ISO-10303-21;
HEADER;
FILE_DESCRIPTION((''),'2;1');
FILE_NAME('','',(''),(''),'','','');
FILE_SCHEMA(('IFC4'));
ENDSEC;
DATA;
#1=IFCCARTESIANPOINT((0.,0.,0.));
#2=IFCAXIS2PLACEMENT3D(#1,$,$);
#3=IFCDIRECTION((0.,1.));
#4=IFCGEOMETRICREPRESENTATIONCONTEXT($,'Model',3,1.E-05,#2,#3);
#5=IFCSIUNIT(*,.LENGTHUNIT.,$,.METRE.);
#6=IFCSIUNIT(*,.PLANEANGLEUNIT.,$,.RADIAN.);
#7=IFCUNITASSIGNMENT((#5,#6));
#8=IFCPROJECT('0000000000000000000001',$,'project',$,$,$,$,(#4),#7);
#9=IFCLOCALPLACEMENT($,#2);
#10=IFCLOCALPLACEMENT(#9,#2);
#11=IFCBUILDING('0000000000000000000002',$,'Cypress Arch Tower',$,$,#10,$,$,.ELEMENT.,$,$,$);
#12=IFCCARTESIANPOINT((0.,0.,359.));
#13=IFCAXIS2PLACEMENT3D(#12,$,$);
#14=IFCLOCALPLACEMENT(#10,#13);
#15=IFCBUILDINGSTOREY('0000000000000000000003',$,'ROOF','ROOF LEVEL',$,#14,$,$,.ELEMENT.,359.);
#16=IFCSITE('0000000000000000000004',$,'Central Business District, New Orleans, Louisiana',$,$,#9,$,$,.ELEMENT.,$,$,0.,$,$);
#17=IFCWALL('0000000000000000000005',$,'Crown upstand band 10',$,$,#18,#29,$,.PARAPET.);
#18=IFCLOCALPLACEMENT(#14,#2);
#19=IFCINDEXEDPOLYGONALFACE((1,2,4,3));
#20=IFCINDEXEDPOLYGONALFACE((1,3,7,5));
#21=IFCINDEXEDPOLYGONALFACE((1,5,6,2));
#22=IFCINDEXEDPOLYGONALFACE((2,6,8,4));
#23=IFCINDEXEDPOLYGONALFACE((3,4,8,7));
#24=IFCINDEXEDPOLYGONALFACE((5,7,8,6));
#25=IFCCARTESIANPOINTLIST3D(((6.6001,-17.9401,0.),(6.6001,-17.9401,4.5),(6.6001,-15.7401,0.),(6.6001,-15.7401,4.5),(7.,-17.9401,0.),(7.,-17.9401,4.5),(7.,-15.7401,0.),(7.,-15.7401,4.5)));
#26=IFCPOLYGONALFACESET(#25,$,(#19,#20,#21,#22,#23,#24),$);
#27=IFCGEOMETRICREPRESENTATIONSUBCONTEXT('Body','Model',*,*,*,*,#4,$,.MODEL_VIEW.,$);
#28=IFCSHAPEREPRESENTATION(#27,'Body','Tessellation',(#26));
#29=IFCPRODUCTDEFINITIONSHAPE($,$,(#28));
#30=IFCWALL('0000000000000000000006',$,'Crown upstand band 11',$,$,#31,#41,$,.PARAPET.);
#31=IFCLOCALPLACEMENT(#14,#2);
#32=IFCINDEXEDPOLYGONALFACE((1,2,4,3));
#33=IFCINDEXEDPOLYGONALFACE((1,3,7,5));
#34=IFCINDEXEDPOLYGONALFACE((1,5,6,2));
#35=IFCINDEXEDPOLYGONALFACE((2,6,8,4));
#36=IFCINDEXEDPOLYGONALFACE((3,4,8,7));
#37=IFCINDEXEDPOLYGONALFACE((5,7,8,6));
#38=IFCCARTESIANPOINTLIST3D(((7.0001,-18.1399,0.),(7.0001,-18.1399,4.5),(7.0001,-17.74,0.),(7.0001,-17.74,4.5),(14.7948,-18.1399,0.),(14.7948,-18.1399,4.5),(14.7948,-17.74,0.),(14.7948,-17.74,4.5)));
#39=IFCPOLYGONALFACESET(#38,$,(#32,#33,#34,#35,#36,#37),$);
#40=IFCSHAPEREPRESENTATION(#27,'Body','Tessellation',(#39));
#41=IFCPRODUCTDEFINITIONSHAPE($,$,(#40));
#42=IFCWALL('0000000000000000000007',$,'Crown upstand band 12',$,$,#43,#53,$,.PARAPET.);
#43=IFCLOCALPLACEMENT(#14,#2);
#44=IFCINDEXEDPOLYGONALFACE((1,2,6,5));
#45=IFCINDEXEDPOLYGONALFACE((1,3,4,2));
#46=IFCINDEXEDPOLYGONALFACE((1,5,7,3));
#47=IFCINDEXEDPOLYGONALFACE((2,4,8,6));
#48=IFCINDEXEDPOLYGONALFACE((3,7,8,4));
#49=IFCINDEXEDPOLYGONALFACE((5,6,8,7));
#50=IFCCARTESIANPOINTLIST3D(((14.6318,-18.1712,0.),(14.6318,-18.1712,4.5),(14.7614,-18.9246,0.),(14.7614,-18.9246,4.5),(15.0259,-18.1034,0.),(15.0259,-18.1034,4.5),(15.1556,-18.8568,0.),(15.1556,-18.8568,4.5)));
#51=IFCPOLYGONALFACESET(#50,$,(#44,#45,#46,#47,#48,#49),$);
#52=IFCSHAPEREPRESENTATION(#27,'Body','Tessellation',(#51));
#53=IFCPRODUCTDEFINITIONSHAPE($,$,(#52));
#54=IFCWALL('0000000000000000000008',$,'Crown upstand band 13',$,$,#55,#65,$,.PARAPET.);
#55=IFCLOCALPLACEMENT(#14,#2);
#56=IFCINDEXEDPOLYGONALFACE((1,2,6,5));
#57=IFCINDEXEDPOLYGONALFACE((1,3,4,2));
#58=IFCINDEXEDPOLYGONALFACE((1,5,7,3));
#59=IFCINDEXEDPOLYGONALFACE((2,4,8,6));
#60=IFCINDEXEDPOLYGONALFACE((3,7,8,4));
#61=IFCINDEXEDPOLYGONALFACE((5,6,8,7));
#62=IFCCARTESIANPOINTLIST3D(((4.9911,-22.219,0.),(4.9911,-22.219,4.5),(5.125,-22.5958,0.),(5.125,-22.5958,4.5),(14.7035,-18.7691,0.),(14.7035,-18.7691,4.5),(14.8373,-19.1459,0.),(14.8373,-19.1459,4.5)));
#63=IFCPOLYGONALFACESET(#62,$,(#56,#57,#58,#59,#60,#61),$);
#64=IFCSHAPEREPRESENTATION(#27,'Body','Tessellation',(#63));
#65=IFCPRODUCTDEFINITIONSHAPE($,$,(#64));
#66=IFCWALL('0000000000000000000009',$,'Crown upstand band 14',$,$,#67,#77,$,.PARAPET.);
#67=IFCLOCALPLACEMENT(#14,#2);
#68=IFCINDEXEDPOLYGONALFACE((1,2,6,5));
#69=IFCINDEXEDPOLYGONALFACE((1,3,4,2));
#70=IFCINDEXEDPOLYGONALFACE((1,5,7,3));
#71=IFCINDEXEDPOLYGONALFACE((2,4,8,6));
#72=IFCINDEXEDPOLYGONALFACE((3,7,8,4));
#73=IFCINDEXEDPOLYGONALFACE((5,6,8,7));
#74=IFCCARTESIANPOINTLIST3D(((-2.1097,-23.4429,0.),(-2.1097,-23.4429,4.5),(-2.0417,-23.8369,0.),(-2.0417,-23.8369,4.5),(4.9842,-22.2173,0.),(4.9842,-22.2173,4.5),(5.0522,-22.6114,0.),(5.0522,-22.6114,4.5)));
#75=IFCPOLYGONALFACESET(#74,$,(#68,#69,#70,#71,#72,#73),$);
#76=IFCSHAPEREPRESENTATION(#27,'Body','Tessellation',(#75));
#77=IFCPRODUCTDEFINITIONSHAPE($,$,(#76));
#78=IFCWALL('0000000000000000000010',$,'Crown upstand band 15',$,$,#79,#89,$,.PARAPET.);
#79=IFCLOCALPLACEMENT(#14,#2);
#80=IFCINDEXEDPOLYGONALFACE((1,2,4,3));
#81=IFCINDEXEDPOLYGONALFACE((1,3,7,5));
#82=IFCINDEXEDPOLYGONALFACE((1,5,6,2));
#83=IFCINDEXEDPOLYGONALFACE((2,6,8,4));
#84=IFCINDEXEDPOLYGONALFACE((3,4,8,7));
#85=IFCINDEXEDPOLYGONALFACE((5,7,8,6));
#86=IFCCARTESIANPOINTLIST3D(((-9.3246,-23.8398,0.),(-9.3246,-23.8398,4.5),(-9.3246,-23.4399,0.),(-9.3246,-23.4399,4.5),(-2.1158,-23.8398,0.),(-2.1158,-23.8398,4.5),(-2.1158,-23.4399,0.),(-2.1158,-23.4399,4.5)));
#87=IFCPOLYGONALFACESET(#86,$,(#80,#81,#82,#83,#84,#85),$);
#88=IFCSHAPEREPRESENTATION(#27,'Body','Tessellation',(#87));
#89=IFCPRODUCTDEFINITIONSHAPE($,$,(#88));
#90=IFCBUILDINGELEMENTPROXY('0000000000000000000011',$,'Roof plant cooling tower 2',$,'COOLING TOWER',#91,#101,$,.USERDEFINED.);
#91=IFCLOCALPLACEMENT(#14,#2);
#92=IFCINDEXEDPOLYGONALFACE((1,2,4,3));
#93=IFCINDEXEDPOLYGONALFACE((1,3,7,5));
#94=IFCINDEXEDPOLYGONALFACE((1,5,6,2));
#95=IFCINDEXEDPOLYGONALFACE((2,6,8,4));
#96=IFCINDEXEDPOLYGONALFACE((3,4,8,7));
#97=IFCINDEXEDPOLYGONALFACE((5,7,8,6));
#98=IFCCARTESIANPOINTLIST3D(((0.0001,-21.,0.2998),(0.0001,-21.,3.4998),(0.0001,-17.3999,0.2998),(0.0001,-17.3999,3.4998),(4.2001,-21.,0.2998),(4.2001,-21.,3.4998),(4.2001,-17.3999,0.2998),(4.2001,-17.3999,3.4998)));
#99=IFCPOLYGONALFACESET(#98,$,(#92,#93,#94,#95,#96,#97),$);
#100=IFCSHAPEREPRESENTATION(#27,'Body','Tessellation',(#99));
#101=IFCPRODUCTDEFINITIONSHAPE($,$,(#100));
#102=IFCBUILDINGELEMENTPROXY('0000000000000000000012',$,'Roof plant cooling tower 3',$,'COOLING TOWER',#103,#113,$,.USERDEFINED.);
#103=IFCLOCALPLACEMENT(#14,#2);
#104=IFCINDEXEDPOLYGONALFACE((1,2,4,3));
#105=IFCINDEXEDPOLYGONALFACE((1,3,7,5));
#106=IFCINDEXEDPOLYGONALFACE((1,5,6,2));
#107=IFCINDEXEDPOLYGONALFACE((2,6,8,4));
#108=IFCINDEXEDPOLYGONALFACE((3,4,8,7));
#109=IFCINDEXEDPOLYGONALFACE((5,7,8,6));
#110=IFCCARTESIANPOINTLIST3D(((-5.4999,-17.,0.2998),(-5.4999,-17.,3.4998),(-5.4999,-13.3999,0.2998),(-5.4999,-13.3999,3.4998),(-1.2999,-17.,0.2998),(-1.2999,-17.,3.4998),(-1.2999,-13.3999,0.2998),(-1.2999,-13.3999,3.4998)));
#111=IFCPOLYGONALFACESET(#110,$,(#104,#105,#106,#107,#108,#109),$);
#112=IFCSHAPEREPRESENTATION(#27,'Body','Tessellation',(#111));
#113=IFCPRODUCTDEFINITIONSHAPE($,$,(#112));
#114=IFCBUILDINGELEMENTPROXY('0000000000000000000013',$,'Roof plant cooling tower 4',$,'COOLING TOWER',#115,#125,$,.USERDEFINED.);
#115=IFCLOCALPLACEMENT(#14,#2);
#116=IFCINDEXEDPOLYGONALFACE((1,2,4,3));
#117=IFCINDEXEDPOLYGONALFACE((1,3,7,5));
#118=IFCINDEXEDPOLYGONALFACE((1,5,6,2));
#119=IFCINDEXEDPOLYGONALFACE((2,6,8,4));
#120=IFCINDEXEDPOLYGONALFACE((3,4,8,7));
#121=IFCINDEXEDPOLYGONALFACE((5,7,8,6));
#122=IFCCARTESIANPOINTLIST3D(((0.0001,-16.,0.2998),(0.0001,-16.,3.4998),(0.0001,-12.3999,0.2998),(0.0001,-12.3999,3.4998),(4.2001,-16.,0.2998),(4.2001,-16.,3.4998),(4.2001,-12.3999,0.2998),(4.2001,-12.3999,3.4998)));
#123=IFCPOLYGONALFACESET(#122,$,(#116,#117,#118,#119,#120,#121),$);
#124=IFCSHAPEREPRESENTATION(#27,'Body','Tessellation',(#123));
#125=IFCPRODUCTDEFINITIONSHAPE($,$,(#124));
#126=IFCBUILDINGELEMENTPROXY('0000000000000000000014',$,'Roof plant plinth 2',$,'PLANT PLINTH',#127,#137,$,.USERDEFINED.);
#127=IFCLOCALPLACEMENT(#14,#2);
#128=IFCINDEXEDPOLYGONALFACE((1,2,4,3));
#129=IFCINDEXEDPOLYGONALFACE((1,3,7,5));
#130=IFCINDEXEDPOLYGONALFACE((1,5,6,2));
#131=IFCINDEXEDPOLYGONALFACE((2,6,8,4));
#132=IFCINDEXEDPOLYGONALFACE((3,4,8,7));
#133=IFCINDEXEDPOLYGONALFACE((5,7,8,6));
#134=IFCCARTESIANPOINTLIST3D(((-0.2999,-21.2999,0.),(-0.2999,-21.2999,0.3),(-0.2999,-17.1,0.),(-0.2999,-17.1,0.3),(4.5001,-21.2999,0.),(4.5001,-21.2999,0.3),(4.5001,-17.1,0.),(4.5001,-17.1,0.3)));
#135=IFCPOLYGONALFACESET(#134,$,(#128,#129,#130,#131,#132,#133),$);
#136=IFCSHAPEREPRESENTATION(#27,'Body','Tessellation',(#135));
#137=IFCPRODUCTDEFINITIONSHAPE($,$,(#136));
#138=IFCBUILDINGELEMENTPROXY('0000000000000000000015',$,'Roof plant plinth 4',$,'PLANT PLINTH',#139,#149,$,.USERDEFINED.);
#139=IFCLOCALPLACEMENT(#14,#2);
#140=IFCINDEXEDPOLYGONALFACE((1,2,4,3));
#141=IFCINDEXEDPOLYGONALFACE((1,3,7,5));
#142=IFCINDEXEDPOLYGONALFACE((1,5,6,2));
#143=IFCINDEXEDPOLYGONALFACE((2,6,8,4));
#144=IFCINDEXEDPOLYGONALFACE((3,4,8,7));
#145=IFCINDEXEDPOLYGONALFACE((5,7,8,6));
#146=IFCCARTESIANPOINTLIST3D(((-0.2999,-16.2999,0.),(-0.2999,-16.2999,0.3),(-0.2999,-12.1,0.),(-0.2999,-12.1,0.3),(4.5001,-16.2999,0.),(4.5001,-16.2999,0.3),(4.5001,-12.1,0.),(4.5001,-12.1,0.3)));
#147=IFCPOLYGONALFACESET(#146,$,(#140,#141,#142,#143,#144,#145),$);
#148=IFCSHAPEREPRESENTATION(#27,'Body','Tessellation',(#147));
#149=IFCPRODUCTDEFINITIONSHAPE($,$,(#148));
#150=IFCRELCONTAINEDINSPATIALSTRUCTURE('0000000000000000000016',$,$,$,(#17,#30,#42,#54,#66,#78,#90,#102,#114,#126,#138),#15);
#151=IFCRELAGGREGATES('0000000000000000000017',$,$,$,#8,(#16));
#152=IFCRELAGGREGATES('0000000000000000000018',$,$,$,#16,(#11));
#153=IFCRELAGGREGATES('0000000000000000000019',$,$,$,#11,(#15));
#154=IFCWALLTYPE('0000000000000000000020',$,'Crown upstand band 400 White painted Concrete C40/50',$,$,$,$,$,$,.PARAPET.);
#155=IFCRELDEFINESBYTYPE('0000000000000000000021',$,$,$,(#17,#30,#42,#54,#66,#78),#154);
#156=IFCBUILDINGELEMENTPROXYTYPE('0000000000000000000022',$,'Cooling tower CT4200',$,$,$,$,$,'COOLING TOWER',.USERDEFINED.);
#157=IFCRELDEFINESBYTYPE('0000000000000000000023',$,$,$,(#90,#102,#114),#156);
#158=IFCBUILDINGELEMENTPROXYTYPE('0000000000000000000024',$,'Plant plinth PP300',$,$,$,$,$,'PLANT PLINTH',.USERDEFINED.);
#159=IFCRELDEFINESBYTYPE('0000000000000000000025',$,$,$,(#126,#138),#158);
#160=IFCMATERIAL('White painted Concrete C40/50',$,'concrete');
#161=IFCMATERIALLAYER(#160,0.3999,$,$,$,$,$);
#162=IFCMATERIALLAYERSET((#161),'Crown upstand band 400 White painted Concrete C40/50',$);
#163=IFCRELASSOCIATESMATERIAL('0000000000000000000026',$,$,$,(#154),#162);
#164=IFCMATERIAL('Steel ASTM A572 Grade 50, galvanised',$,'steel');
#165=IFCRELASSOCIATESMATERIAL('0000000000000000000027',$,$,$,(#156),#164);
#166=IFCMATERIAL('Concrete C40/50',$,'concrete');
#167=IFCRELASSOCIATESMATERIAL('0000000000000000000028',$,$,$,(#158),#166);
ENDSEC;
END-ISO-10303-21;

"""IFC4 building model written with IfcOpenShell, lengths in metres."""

from ifc_helpers import new_model, si_unit, direction, frame, frame_2d, origin, origin_2d, place, context, subcontext, project, spatial, rectangle, extrude, material, layer, layer_set, type_object, element, save


model = new_model("IFC4")

# Units and contexts
model_context = context("Model", 3, precision=1e-05, world=origin(), true_north=direction((0.0, 1.0)))
body_context = subcontext(model_context, "Body", "Model", "MODEL_VIEW")
ifc_project = project(units=[si_unit("LENGTHUNIT", "METRE"), si_unit("PLANEANGLEUNIT", "RADIAN")], contexts=[model_context])

# Site, building, storey
site_placement = place(None, origin())
site = spatial("IfcSite", under=ifc_project, at=site_placement, Name="Central Business District, New Orleans, Louisiana", CompositionType="ELEMENT", RefElevation=0.0)
building_placement = place(site_placement, origin())
building = spatial("IfcBuilding", under=site, at=building_placement, Name="Cypress Arch Tower", CompositionType="ELEMENT")
storey_placement = place(building_placement, frame((0.0, 0.0, 359.0)))
storey = spatial("IfcBuildingStorey", under=building, at=storey_placement, Name="ROOF", Description="ROOF LEVEL", CompositionType="ELEMENT", Elevation=359.0)

# Walls
ifc_material_1 = material(Name="White painted Concrete C40/50", Category="concrete")
ifc_layer_1 = layer(ifc_material_1, 0.3999)
ifc_layer_set_1 = layer_set([ifc_layer_1], Name="Crown upstand band 400 White painted Concrete C40/50")
wall_type = type_object("IfcWallType", Name="Crown upstand band 400 White painted Concrete C40/50", PredefinedType="PARAPET", material=ifc_layer_set_1)
wall_1_placement = place(storey_placement, frame((6.8, -15.74, 0.0), z_axis=(0.0, 0.0, 1.0), x_axis=(0.0, -1.0, 0.0)))
element("IfcWall", 1, at=wall_1_placement, inside=storey, type_object=wall_type, Name="Crown upstand band 10", PredefinedType="PARAPET", context=body_context, shape_type="SweptSolid", body=[
    extrude(rectangle(XDim=2.2, YDim=0.3999, at=frame_2d((1.1001, 0.0))), origin(), (0.0, 0.0, 1.0), 4.5),
])
wall_2_placement = place(storey_placement, frame((7.0, -17.9399, 0.0), z_axis=(0.0, 0.0, 1.0), x_axis=(1.0, 0.0, 0.0)))
element("IfcWall", 2, at=wall_2_placement, inside=storey, type_object=wall_type, Name="Crown upstand band 11", PredefinedType="PARAPET", context=body_context, shape_type="SweptSolid", body=[
    extrude(rectangle(XDim=7.7947, YDim=0.3999, at=frame_2d((3.8975, 0.0))), origin(), (0.0, 0.0, 1.0), 4.5),
])
wall_3_placement = place(storey_placement, frame((14.8289, -18.1372, 0.0), z_axis=(0.0, 0.0, 1.0), x_axis=(0.169575, -0.985517, 0.0)))
element("IfcWall", 3, at=wall_3_placement, inside=storey, type_object=wall_type, Name="Crown upstand band 12", PredefinedType="PARAPET", context=body_context, shape_type="SweptSolid", body=[
    extrude(rectangle(XDim=0.7644, YDim=0.3999, at=frame_2d((0.3823, 0.0))), origin(), (0.0, 0.0, 1.0), 4.5),
])
wall_4_placement = place(storey_placement, frame((14.7703, -18.9575, 0.0), z_axis=(0.0, 0.0, 1.0), x_axis=(-0.942317, -0.334721, 0.0)))
element("IfcWall", 4, at=wall_4_placement, inside=storey, type_object=wall_type, Name="Crown upstand band 13", PredefinedType="PARAPET", context=body_context, shape_type="SweptSolid", body=[
    extrude(rectangle(XDim=10.3069, YDim=0.3999, at=frame_2d((5.1533, 0.0))), origin(), (0.0, 0.0, 1.0), 4.5),
])
wall_5_placement = place(storey_placement, frame((5.0183, -22.4143, 0.0), z_axis=(0.0, 0.0, 1.0), x_axis=(-0.985402, -0.170242, 0.0)))
element("IfcWall", 5, at=wall_5_placement, inside=storey, type_object=wall_type, Name="Crown upstand band 14", PredefinedType="PARAPET", context=body_context, shape_type="SweptSolid", body=[
    extrude(rectangle(XDim=7.199, YDim=0.3999, at=frame_2d((3.5996, 0.0))), origin(), (0.0, 0.0, 1.0), 4.5),
])
wall_6_placement = place(storey_placement, frame((-2.1157, -23.6399, 0.0), z_axis=(0.0, 0.0, 1.0), x_axis=(-1.0, 0.0, 0.0)))
element("IfcWall", 6, at=wall_6_placement, inside=storey, type_object=wall_type, Name="Crown upstand band 15", PredefinedType="PARAPET", context=body_context, shape_type="SweptSolid", body=[
    extrude(rectangle(XDim=7.2087, YDim=0.3999, at=frame_2d((3.6045, 0.0))), origin(), (0.0, 0.0, 1.0), 4.5),
])

# Building element proxies
ifc_material_2 = material(Name="Steel ASTM A572 Grade 50, galvanised", Category="steel")
building_element_proxy_type_1 = type_object("IfcBuildingElementProxyType", Name="Cooling tower CT4200", ElementType="COOLING TOWER", PredefinedType="USERDEFINED", material=ifc_material_2)
for number, where, z_axis, x_axis, name in (
    (7, (2.1001, -19.2, 0.2998), (0.0, 0.0, 1.0), (1.0, 0.0, 0.0), "Roof plant cooling tower 2"),
    (8, (-3.3999, -15.2, 0.2998), (0.0, 0.0, 1.0), (1.0, 0.0, 0.0), "Roof plant cooling tower 3"),
    (9, (2.1001, -14.2, 0.2998), (0.0, 0.0, 1.0), (1.0, 0.0, 0.0), "Roof plant cooling tower 4"),
):
    element("IfcBuildingElementProxy", number, at=place(storey_placement, frame(where, z_axis=z_axis, x_axis=x_axis)), inside=storey, type_object=building_element_proxy_type_1, Name=name, ObjectType="COOLING TOWER", PredefinedType="USERDEFINED", context=body_context, shape_type="SweptSolid", body=[
        extrude(rectangle(XDim=4.2, YDim=3.6001, at=origin_2d()), origin(), (0.0, 0.0, 1.0), 3.2),
    ])
ifc_material_3 = material(Name="Concrete C40/50", Category="concrete")
building_element_proxy_type_2 = type_object("IfcBuildingElementProxyType", Name="Plant plinth PP300", ElementType="PLANT PLINTH", PredefinedType="USERDEFINED", material=ifc_material_3)
for number, where, z_axis, x_axis, name in (
    (10, (2.1001, -19.2, 0.0), (0.0, 0.0, 1.0), (1.0, 0.0, 0.0), "Roof plant plinth 2"),
    (11, (2.1001, -14.2, 0.0), (0.0, 0.0, 1.0), (1.0, 0.0, 0.0), "Roof plant plinth 4"),
):
    element("IfcBuildingElementProxy", number, at=place(storey_placement, frame(where, z_axis=z_axis, x_axis=x_axis)), inside=storey, type_object=building_element_proxy_type_2, Name=name, ObjectType="PLANT PLINTH", PredefinedType="USERDEFINED", context=body_context, shape_type="SweptSolid", body=[
        extrude(rectangle(XDim=4.8, YDim=4.2, at=origin_2d()), origin(), (0.0, 0.0, 1.0), 0.3),
    ])

save(model, "model.ifc")
